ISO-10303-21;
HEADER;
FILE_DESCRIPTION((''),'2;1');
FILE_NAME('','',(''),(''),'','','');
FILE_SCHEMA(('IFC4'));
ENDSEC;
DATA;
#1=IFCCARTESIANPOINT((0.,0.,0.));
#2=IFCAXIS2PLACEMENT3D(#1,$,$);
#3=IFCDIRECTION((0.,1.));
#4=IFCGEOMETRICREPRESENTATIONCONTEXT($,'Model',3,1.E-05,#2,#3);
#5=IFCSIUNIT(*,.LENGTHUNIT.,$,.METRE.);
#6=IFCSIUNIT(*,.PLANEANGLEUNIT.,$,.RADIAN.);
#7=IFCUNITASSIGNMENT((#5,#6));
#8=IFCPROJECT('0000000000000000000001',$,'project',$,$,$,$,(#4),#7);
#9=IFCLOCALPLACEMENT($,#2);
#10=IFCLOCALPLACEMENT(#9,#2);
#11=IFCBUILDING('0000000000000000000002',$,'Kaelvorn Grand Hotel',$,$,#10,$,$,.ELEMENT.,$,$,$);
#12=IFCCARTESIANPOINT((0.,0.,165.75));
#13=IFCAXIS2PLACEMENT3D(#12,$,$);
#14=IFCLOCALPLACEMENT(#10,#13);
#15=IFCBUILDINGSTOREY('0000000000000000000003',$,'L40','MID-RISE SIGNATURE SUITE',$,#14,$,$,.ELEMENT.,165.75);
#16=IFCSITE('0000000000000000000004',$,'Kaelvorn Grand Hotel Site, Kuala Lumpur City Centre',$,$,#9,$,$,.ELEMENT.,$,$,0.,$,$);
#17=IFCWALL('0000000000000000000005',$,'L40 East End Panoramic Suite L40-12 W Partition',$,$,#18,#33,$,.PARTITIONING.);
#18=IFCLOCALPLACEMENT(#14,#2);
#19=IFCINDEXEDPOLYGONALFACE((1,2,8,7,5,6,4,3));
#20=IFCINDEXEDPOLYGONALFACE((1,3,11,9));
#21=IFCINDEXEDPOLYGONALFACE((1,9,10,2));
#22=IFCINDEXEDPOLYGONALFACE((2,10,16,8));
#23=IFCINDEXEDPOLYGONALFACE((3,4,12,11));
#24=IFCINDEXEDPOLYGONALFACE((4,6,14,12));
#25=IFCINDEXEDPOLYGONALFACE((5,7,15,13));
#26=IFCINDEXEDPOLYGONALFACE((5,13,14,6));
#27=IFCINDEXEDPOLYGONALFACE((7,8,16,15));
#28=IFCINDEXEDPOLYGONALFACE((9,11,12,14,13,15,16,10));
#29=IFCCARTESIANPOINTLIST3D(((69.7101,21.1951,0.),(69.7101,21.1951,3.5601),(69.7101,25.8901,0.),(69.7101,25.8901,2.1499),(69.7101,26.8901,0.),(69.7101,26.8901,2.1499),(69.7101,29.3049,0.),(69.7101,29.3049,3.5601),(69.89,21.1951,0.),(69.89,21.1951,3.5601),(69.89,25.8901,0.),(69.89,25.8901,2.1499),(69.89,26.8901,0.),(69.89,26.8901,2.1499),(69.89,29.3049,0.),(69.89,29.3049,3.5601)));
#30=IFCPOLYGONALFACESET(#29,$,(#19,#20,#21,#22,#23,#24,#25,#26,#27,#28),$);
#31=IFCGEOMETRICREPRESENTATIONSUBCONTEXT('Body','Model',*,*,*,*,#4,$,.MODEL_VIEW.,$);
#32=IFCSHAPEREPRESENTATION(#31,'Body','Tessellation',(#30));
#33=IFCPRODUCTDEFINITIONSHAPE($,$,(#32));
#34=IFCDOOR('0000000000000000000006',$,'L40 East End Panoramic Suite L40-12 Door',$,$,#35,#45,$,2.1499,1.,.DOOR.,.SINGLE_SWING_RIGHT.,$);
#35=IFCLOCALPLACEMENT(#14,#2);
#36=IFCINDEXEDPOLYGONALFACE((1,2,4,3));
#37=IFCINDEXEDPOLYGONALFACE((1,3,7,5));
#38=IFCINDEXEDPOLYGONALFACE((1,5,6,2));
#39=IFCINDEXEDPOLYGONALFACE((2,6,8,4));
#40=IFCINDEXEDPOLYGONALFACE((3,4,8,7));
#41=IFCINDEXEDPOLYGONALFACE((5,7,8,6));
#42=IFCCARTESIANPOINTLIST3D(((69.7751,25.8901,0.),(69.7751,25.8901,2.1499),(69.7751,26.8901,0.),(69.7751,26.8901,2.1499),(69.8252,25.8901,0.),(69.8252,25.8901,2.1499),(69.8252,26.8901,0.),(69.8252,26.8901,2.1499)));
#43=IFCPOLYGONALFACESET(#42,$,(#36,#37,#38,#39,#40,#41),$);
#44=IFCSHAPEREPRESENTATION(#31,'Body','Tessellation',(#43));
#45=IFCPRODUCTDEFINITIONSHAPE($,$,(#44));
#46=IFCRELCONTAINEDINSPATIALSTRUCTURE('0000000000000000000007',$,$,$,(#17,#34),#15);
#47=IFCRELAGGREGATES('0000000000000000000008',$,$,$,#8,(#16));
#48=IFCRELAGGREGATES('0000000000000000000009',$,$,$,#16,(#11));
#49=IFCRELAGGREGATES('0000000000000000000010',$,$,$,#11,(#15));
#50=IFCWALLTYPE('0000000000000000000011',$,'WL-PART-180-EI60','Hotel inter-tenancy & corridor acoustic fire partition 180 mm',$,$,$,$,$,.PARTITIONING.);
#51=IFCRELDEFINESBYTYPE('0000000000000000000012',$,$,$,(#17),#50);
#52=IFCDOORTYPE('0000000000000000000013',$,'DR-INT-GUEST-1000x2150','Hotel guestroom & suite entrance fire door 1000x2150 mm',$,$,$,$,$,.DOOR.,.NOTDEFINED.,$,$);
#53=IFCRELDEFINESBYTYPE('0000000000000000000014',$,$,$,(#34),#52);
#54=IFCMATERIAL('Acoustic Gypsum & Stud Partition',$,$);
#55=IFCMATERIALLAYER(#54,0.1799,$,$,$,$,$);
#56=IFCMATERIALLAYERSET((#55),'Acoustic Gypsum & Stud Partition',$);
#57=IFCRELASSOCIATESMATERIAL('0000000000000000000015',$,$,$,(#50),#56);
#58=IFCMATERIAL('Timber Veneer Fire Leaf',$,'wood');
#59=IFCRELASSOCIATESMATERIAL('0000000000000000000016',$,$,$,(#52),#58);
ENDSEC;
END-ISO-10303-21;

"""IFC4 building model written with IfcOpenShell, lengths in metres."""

from ifc_helpers import new_model, si_unit, direction, frame, frame_2d, origin, place, context, subcontext, project, spatial, rectangle, extrude, material, layer, layer_set, type_object, element, fill, save


model = new_model("IFC4")

# Units and contexts
model_context = context("Model", 3, precision=1e-05, world=origin(), true_north=direction((0.0, 1.0)))
body_context = subcontext(model_context, "Body", "Model", "MODEL_VIEW")
ifc_project = project(units=[si_unit("LENGTHUNIT", "METRE"), si_unit("PLANEANGLEUNIT", "RADIAN")], contexts=[model_context])

# Site, building, storey
site_placement = place(None, origin())
site = spatial("IfcSite", under=ifc_project, at=site_placement, Name="Kaelvorn Grand Hotel Site, Kuala Lumpur City Centre", CompositionType="ELEMENT", RefElevation=0.0)
building_placement = place(site_placement, origin())
building = spatial("IfcBuilding", under=site, at=building_placement, Name="Kaelvorn Grand Hotel", CompositionType="ELEMENT")
storey_placement = place(building_placement, frame((0.0, 0.0, 165.75)))
storey = spatial("IfcBuildingStorey", under=building, at=storey_placement, Name="L40", Description="MID-RISE SIGNATURE SUITE", CompositionType="ELEMENT", Elevation=165.75)

# Shared definitions
ifc_material_1 = material(Name="Acoustic Gypsum & Stud Partition")
ifc_layer_1 = layer(ifc_material_1, 0.1799)
ifc_layer_set_1 = layer_set([ifc_layer_1], Name="Acoustic Gypsum & Stud Partition")
wall_type_1 = type_object("IfcWallType", Name="WL-PART-180-EI60", Description="Hotel inter-tenancy & corridor acoustic fire partition 180 mm", PredefinedType="PARTITIONING", material=ifc_layer_set_1)

# Shared definitions
ifc_material_2 = material(Name="Timber Veneer Fire Leaf", Category="wood")
door_type_1 = type_object("IfcDoorType", Name="DR-INT-GUEST-1000x2150", Description="Hotel guestroom & suite entrance fire door 1000x2150 mm", OperationType="NOTDEFINED", PredefinedType="DOOR", material=ifc_material_2)

# Wall, opening, door
wall_1_placement = place(storey_placement, frame((69.8, 21.1951, 0.0), z_axis=(0.0, 0.0, 1.0), x_axis=(0.0, 1.0, 0.0)))
wall_1 = element("IfcWall", 1, at=wall_1_placement, inside=storey, type_object=wall_type_1, Name="L40 East End Panoramic Suite L40-12 W Partition", PredefinedType="PARTITIONING", context=body_context, shape_type="SweptSolid", body=[
    extrude(rectangle(XDim=8.1099, YDim=0.1799, at=frame_2d((4.0549, 0.0))), origin(), (0.0, 0.0, 1.0), 3.5601),
])
opening_1_placement = place(wall_1_placement, frame((4.6951, 0.0, 0.0)))
opening_1 = element("IfcOpeningElement", 2, at=opening_1_placement, cuts=wall_1, PredefinedType="OPENING", context=body_context, shape_type="SweptSolid", body=[
    extrude(rectangle(XDim=1.0, YDim=2.1499, at=frame_2d((0.5, 1.075))), frame((0.0, 0.1001, 0.0), z_axis=(0.0, -1.0, 0.0), x_axis=(1.0, 0.0, 0.0)), (0.0, 0.0, 1.0), 0.2),
])
door_1_placement = place(opening_1_placement, origin())
door_1 = element("IfcDoor", 3, at=door_1_placement, inside=storey, type_object=door_type_1, Name="L40 East End Panoramic Suite L40-12 Door", OperationType="SINGLE_SWING_RIGHT", OverallHeight=2.1499, OverallWidth=1.0, PredefinedType="DOOR", context=body_context, shape_type="SweptSolid", body=[
    extrude(rectangle(XDim=1.0, YDim=2.1499, at=frame_2d((0.5, 1.075))), frame((0.0, 0.0249, 0.0), z_axis=(0.0, -1.0, 0.0), x_axis=(1.0, 0.0, 0.0)), (0.0, 0.0, 1.0), 0.05),
])
fill(opening_1, door_1)

save(model, "model.ifc")
